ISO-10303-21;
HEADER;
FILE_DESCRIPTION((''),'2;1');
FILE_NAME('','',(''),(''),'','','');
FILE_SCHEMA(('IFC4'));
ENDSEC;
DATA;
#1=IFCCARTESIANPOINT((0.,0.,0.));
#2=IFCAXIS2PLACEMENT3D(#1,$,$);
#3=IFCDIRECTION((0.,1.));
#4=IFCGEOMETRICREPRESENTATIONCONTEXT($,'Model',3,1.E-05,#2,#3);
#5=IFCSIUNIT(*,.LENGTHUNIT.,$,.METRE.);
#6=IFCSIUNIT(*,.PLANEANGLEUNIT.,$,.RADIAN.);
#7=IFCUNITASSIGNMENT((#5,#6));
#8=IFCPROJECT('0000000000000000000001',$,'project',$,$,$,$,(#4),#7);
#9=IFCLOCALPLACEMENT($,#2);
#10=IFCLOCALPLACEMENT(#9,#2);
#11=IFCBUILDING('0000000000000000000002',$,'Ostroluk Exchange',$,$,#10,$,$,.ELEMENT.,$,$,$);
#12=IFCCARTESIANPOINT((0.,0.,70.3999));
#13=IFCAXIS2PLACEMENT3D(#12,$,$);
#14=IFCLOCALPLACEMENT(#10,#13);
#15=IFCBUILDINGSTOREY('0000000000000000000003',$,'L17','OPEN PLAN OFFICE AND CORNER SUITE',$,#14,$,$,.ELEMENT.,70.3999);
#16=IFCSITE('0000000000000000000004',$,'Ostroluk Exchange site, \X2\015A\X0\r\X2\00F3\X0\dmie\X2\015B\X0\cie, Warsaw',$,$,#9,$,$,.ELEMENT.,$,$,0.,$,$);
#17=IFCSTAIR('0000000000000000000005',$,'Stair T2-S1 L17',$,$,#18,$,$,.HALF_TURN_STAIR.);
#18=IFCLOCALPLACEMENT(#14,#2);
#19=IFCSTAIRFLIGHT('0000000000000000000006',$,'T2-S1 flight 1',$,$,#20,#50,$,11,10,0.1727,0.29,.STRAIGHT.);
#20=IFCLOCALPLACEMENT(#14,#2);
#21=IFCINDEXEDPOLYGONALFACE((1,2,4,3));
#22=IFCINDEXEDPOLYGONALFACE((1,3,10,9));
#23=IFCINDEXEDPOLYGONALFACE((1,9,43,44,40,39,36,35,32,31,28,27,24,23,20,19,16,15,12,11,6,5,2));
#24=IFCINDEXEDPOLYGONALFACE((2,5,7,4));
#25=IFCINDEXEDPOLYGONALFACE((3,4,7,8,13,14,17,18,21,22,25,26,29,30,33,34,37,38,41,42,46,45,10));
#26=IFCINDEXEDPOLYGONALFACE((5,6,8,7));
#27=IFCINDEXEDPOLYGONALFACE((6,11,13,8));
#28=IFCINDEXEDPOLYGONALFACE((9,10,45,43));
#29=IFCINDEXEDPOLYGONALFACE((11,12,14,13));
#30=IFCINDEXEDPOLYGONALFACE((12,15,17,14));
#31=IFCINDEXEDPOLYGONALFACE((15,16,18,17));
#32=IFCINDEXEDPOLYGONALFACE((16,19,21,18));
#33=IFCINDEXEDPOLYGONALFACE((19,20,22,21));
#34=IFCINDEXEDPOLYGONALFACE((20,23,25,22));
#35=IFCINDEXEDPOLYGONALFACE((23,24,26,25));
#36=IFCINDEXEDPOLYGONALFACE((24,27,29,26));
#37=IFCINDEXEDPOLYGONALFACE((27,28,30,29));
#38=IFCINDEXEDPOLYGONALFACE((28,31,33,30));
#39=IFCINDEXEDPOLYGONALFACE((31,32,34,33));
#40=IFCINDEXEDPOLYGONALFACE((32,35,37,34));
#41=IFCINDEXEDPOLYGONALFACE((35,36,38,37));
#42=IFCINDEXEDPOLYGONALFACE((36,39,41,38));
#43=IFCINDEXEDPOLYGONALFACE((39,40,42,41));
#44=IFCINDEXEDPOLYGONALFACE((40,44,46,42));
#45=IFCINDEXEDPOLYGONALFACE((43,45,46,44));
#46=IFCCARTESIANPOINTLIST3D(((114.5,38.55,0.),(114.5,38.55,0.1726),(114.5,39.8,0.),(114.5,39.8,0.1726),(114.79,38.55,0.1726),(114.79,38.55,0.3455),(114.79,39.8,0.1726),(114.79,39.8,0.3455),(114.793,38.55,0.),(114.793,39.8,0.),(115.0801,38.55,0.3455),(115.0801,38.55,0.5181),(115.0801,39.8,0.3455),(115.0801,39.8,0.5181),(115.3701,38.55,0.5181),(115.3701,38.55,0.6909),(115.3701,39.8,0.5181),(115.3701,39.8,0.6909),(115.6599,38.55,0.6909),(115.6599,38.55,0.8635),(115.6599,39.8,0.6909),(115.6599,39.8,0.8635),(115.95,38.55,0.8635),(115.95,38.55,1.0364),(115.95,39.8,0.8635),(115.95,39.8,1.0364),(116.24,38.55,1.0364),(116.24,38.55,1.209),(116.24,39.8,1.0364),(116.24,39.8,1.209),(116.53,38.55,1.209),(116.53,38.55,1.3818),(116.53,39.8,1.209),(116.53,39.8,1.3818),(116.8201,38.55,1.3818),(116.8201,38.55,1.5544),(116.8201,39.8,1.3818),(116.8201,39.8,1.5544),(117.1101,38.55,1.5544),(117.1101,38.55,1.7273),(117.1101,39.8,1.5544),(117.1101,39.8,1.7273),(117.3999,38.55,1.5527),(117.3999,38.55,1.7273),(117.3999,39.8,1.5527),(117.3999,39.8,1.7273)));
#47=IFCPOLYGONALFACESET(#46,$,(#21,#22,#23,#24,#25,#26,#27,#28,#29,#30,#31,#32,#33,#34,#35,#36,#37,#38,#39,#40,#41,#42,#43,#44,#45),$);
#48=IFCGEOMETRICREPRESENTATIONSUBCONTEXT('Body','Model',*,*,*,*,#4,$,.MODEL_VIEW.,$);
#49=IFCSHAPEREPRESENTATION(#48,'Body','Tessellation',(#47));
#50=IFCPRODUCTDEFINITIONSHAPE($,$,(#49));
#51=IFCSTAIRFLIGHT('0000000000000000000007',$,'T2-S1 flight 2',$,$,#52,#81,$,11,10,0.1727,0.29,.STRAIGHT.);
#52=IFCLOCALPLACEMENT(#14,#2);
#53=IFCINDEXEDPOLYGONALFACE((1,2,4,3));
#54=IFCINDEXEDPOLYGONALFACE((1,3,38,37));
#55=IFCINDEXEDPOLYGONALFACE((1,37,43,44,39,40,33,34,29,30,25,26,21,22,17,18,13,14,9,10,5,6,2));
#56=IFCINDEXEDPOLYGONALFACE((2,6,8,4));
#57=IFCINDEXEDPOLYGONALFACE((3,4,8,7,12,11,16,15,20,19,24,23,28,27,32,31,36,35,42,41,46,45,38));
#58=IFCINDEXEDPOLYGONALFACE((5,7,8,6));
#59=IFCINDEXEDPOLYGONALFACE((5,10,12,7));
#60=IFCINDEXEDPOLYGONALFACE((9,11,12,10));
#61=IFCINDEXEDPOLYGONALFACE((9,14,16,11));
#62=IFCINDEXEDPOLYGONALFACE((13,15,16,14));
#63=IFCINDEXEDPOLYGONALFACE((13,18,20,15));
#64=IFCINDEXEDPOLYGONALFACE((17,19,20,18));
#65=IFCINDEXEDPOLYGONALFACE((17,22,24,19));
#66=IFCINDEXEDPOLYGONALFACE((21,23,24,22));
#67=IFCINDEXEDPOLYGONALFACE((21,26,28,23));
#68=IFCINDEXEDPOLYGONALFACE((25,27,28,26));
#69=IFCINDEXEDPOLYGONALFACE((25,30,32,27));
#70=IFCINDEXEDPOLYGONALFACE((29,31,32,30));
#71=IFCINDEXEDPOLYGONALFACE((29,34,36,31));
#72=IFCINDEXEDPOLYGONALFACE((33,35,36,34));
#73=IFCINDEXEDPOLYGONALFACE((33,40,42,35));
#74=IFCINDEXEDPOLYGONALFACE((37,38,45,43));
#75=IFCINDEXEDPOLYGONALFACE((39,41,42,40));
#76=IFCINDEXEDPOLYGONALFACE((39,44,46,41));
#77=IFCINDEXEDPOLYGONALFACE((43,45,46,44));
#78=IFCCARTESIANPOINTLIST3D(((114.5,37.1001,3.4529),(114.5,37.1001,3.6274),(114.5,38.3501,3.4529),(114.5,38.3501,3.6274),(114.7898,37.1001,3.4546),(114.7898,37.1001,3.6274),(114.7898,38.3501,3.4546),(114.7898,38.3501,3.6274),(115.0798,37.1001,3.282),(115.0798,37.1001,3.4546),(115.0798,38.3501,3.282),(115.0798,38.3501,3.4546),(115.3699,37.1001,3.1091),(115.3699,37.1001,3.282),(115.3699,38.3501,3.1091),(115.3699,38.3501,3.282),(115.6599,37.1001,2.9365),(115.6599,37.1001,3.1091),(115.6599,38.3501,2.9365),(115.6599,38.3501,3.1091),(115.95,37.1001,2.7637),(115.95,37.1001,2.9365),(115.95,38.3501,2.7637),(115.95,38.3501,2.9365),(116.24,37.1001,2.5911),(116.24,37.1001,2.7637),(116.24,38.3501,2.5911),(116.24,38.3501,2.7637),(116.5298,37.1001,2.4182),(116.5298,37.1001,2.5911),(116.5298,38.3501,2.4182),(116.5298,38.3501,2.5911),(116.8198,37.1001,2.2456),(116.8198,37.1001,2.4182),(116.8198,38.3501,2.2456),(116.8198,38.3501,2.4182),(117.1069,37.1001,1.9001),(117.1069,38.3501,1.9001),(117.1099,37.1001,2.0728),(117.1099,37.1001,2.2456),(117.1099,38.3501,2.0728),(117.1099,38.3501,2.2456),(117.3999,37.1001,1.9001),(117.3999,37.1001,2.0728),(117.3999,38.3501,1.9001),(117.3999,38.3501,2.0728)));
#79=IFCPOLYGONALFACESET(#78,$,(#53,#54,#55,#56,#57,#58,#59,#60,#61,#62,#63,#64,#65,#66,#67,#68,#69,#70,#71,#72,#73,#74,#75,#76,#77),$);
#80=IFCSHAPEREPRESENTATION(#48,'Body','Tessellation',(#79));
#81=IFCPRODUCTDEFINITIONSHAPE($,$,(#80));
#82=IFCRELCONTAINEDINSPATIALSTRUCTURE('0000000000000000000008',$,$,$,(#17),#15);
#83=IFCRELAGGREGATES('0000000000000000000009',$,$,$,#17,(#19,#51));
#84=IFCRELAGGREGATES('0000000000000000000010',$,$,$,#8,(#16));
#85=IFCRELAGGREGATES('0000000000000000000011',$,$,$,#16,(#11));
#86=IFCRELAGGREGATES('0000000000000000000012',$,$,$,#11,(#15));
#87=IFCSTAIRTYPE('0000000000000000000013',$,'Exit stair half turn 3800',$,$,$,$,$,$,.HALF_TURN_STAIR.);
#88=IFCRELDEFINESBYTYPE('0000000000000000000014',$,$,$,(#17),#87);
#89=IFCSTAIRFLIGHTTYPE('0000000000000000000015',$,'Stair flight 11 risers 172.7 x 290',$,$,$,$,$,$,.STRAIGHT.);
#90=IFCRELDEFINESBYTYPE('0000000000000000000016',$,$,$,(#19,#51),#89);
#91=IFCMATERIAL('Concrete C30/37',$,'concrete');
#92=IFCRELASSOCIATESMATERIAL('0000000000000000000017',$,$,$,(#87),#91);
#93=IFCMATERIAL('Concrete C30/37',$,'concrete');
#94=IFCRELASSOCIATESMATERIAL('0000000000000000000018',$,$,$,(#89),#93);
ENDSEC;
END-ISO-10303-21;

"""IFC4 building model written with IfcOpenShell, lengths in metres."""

from ifc_helpers import new_model, si_unit, direction, frame, origin, place, context, subcontext, project, spatial, polyline, outline, extrude, material, type_object, element, aggregate, save


model = new_model("IFC4")

# Units and contexts
model_context = context("Model", 3, precision=1e-05, world=origin(), true_north=direction((0.0, 1.0)))
body_context = subcontext(model_context, "Body", "Model", "MODEL_VIEW")
ifc_project = project(units=[si_unit("LENGTHUNIT", "METRE"), si_unit("PLANEANGLEUNIT", "RADIAN")], contexts=[model_context])

# Site, building, storey
site_placement = place(None, origin())
site = spatial("IfcSite", under=ifc_project, at=site_placement, Name="Ostroluk Exchange site, Śródmieście, Warsaw", CompositionType="ELEMENT", RefElevation=0.0)
building_placement = place(site_placement, origin())
building = spatial("IfcBuilding", under=site, at=building_placement, Name="Ostroluk Exchange", CompositionType="ELEMENT")
storey_placement = place(building_placement, frame((0.0, 0.0, 70.3999)))
storey = spatial("IfcBuildingStorey", under=building, at=storey_placement, Name="L17", Description="OPEN PLAN OFFICE AND CORNER SUITE", CompositionType="ELEMENT", Elevation=70.3999)

# Stair, stair flights
ifc_material_1 = material(Name="Concrete C30/37", Category="concrete")
stair_type = type_object("IfcStairType", Name="Exit stair half turn 3800", PredefinedType="HALF_TURN_STAIR", material=ifc_material_1)
stair_placement = place(storey_placement, origin())
stair = element("IfcStair", 1, at=stair_placement, inside=storey, type_object=stair_type, Name="Stair T2-S1 L17", PredefinedType="HALF_TURN_STAIR")
ifc_material_2 = material(Name="Concrete C30/37", Category="concrete")
stair_flight_type = type_object("IfcStairFlightType", Name="Stair flight 11 risers 172.7 x 290", PredefinedType="STRAIGHT", material=ifc_material_2)
stair_flight_1_placement = place(storey_placement, frame((114.5, 39.175, 0.0), z_axis=(0.0, 0.0, 1.0), x_axis=(1.0, 0.0, 0.0)))
stair_flight_1 = element("IfcStairFlight", 2, at=stair_flight_1_placement, type_object=stair_flight_type, Name="T2-S1 flight 1", NumberOfRisers=11, NumberOfTreads=10, PredefinedType="STRAIGHT", RiserHeight=0.1727, TreadLength=0.29, context=body_context, shape_type="SweptSolid", body=[
    extrude(outline(polyline([(0.0, 0.0), (0.0, 0.1726), (0.29, 0.1726), (0.29, 0.3455), (0.5801, 0.3455), (0.5801, 0.5181), (0.8701, 0.5181), (0.8701, 0.6909), (1.1599, 0.6909), (1.1599, 0.8635), (1.45, 0.8635), (1.45, 1.0364), (1.74, 1.0364), (1.74, 1.209), (2.03, 1.209), (2.03, 1.3818), (2.3201, 1.3818), (2.3201, 1.5544), (2.6101, 1.5544), (2.6101, 1.7273), (2.8999, 1.7273), (2.8999, 1.8999), (2.8999, 1.5527), (0.293, 0.0), (0.0, 0.0)])), frame((0.0, 0.625, 0.0), z_axis=(0.0, -1.0, 0.0), x_axis=(1.0, 0.0, 0.0)), (0.0, 0.0, 1.0), 1.25),
])
stair_flight_2_placement = place(storey_placement, frame((117.3999, 37.7251, 1.9001), z_axis=(0.0, 0.0, 1.0), x_axis=(-1.0, 0.0, 0.0)))
stair_flight_2 = element("IfcStairFlight", 3, at=stair_flight_2_placement, type_object=stair_flight_type, Name="T2-S1 flight 2", NumberOfRisers=11, NumberOfTreads=10, PredefinedType="STRAIGHT", RiserHeight=0.1727, TreadLength=0.29, context=body_context, shape_type="SweptSolid", body=[
    extrude(outline(polyline([(0.0, 0.0), (0.0, 0.1726), (0.29, 0.1726), (0.29, 0.3455), (0.5801, 0.3455), (0.5801, 0.5181), (0.8701, 0.5181), (0.8701, 0.6909), (1.1599, 0.6909), (1.1599, 0.8635), (1.45, 0.8635), (1.45, 1.0364), (1.74, 1.0364), (1.74, 1.209), (2.03, 1.209), (2.03, 1.3818), (2.3201, 1.3818), (2.3201, 1.5544), (2.6101, 1.5544), (2.6101, 1.7273), (2.8999, 1.7273), (2.8999, 1.8999), (2.8999, 1.5527), (0.293, 0.0), (0.0, 0.0)])), frame((0.0, 0.625, 0.0), z_axis=(0.0, -1.0, 0.0), x_axis=(1.0, 0.0, 0.0)), (0.0, 0.0, 1.0), 1.25),
])
aggregate(stair, [stair_flight_1, stair_flight_2])

save(model, "model.ifc")
